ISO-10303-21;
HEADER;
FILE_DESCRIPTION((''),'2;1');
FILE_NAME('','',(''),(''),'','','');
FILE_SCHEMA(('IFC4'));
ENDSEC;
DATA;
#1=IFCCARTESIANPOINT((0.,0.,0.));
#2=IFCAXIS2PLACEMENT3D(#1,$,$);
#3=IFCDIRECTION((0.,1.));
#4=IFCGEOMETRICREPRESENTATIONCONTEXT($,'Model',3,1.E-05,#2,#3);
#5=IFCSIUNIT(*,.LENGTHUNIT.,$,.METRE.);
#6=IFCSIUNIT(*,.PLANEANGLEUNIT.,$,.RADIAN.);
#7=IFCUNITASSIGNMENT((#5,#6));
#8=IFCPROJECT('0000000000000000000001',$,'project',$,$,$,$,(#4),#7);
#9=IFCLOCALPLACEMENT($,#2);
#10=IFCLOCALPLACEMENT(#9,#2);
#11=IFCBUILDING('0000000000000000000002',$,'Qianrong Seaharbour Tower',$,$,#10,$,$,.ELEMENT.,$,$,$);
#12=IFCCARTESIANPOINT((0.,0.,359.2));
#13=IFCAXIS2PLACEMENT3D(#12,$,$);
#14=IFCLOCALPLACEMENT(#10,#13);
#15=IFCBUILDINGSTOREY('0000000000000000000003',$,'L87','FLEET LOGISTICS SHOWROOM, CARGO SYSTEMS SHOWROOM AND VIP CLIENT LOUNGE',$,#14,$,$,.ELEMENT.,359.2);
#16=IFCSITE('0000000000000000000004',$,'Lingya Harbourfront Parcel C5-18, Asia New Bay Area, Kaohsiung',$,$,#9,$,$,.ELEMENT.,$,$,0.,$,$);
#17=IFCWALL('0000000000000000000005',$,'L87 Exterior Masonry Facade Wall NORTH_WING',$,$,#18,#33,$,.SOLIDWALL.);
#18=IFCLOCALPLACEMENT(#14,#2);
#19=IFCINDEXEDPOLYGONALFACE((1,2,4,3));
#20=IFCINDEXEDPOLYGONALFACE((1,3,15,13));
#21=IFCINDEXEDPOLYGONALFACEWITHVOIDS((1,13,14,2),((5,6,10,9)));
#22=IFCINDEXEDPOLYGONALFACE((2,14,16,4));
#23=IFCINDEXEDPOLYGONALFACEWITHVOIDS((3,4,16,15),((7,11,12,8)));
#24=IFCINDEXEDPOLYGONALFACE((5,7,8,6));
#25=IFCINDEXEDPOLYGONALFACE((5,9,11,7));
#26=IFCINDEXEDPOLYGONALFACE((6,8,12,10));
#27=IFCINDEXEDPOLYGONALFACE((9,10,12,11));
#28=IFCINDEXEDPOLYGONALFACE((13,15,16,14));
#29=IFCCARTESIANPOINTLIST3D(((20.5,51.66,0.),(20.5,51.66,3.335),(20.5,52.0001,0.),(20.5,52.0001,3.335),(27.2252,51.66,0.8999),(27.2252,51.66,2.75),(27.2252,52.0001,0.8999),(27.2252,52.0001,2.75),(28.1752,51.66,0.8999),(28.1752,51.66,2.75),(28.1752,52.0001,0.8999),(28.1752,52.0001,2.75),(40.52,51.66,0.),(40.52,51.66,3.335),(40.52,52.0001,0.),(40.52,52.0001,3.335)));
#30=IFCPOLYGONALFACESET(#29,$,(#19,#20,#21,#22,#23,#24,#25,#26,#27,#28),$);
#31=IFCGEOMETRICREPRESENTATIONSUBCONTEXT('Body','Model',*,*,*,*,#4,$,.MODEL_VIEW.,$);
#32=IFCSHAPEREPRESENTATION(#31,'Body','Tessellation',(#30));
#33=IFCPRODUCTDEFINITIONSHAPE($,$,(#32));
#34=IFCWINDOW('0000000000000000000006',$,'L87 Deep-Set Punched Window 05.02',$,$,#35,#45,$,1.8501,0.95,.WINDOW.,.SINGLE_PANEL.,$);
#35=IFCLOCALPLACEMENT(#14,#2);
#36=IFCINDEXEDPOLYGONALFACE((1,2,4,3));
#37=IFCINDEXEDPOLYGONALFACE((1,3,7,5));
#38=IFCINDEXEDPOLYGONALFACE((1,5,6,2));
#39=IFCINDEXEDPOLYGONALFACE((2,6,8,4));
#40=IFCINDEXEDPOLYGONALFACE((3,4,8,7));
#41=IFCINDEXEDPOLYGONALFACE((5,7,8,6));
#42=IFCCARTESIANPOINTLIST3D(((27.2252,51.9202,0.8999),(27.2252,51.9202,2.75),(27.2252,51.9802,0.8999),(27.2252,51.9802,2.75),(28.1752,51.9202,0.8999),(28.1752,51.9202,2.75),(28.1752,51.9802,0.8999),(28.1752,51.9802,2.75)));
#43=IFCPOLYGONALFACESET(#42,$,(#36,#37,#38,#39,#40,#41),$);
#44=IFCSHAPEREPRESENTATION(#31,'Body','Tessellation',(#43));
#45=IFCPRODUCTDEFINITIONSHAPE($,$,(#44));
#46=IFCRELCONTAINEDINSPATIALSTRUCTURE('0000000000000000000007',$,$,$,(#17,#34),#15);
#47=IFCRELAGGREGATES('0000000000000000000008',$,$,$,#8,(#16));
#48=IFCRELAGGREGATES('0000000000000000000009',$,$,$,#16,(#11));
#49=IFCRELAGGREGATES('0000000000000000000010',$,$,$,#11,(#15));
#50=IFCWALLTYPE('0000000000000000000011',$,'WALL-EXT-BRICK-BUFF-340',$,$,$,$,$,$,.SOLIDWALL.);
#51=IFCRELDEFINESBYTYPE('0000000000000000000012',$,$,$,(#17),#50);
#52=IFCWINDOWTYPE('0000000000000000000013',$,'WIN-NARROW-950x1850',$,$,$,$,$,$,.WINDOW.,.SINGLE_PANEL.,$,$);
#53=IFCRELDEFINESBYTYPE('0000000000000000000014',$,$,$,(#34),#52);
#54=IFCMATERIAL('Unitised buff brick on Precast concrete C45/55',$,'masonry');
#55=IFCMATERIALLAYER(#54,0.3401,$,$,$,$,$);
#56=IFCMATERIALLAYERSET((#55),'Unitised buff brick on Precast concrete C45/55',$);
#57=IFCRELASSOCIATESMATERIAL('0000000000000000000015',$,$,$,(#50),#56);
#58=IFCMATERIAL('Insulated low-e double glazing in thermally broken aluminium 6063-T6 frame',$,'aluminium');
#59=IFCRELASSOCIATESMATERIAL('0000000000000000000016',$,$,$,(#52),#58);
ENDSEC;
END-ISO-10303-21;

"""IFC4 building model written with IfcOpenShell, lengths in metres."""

from ifc_helpers import new_model, si_unit, direction, frame, frame_2d, origin, place, context, subcontext, project, spatial, rectangle, extrude, material, layer, layer_set, type_object, element, fill, save


model = new_model("IFC4")

# Units and contexts
model_context = context("Model", 3, precision=1e-05, world=origin(), true_north=direction((0.0, 1.0)))
body_context = subcontext(model_context, "Body", "Model", "MODEL_VIEW")
ifc_project = project(units=[si_unit("LENGTHUNIT", "METRE"), si_unit("PLANEANGLEUNIT", "RADIAN")], contexts=[model_context])

# Site, building, storey
site_placement = place(None, origin())
site = spatial("IfcSite", under=ifc_project, at=site_placement, Name="Lingya Harbourfront Parcel C5-18, Asia New Bay Area, Kaohsiung", CompositionType="ELEMENT", RefElevation=0.0)
building_placement = place(site_placement, origin())
building = spatial("IfcBuilding", under=site, at=building_placement, Name="Qianrong Seaharbour Tower", CompositionType="ELEMENT")
storey_placement = place(building_placement, frame((0.0, 0.0, 359.2)))
storey = spatial("IfcBuildingStorey", under=building, at=storey_placement, Name="L87", Description="FLEET LOGISTICS SHOWROOM, CARGO SYSTEMS SHOWROOM AND VIP CLIENT LOUNGE", CompositionType="ELEMENT", Elevation=359.2)

# Shared definitions
ifc_material_1 = material(Name="Unitised buff brick on Precast concrete C45/55", Category="masonry")
ifc_layer_1 = layer(ifc_material_1, 0.3401)
ifc_layer_set_1 = layer_set([ifc_layer_1], Name="Unitised buff brick on Precast concrete C45/55")
wall_type_1 = type_object("IfcWallType", Name="WALL-EXT-BRICK-BUFF-340", PredefinedType="SOLIDWALL", material=ifc_layer_set_1)

# Wall, opening, window
wall_1_placement = place(storey_placement, frame((20.5, 51.8301, 0.0), z_axis=(0.0, 0.0, 1.0), x_axis=(1.0, 0.0, 0.0)))
wall_1 = element("IfcWall", 1, at=wall_1_placement, inside=storey, type_object=wall_type_1, Name="L87 Exterior Masonry Facade Wall NORTH_WING", PredefinedType="SOLIDWALL", context=body_context, shape_type="SweptSolid", body=[
    extrude(rectangle(XDim=20.02, YDim=0.3401, at=frame_2d((10.01, 0.0))), origin(), (0.0, 0.0, 1.0), 3.335),
])
opening_1_placement = place(wall_1_placement, frame((6.7251, 0.0, 0.8999)))
opening_1 = element("IfcOpeningElement", 2, at=opening_1_placement, cuts=wall_1, PredefinedType="OPENING", context=body_context, shape_type="SweptSolid", body=[
    extrude(rectangle(XDim=0.95, YDim=1.8501, at=frame_2d((0.4751, 0.925))), frame((0.0, 0.1802, 0.0), z_axis=(0.0, -1.0, 0.0), x_axis=(1.0, 0.0, 0.0)), (0.0, 0.0, 1.0), 0.3601),
])
ifc_material_2 = material(Name="Insulated low-e double glazing in thermally broken aluminium 6063-T6 frame", Category="aluminium")
window_type = type_object("IfcWindowType", Name="WIN-NARROW-950x1850", PartitioningType="SINGLE_PANEL", PredefinedType="WINDOW", material=ifc_material_2)
window_placement = place(opening_1_placement, origin())
window = element("IfcWindow", 3, at=window_placement, inside=storey, type_object=window_type, Name="L87 Deep-Set Punched Window 05.02", OverallHeight=1.8501, OverallWidth=0.95, PartitioningType="SINGLE_PANEL", PredefinedType="WINDOW", context=body_context, shape_type="SweptSolid", body=[
    extrude(rectangle(XDim=0.95, YDim=1.8501, at=frame_2d((0.4751, 0.925))), frame((0.0, 0.1501, 0.0), z_axis=(0.0, -1.0, 0.0), x_axis=(1.0, 0.0, 0.0)), (0.0, 0.0, 1.0), 0.0601),
])
fill(opening_1, window)

save(model, "model.ifc")
